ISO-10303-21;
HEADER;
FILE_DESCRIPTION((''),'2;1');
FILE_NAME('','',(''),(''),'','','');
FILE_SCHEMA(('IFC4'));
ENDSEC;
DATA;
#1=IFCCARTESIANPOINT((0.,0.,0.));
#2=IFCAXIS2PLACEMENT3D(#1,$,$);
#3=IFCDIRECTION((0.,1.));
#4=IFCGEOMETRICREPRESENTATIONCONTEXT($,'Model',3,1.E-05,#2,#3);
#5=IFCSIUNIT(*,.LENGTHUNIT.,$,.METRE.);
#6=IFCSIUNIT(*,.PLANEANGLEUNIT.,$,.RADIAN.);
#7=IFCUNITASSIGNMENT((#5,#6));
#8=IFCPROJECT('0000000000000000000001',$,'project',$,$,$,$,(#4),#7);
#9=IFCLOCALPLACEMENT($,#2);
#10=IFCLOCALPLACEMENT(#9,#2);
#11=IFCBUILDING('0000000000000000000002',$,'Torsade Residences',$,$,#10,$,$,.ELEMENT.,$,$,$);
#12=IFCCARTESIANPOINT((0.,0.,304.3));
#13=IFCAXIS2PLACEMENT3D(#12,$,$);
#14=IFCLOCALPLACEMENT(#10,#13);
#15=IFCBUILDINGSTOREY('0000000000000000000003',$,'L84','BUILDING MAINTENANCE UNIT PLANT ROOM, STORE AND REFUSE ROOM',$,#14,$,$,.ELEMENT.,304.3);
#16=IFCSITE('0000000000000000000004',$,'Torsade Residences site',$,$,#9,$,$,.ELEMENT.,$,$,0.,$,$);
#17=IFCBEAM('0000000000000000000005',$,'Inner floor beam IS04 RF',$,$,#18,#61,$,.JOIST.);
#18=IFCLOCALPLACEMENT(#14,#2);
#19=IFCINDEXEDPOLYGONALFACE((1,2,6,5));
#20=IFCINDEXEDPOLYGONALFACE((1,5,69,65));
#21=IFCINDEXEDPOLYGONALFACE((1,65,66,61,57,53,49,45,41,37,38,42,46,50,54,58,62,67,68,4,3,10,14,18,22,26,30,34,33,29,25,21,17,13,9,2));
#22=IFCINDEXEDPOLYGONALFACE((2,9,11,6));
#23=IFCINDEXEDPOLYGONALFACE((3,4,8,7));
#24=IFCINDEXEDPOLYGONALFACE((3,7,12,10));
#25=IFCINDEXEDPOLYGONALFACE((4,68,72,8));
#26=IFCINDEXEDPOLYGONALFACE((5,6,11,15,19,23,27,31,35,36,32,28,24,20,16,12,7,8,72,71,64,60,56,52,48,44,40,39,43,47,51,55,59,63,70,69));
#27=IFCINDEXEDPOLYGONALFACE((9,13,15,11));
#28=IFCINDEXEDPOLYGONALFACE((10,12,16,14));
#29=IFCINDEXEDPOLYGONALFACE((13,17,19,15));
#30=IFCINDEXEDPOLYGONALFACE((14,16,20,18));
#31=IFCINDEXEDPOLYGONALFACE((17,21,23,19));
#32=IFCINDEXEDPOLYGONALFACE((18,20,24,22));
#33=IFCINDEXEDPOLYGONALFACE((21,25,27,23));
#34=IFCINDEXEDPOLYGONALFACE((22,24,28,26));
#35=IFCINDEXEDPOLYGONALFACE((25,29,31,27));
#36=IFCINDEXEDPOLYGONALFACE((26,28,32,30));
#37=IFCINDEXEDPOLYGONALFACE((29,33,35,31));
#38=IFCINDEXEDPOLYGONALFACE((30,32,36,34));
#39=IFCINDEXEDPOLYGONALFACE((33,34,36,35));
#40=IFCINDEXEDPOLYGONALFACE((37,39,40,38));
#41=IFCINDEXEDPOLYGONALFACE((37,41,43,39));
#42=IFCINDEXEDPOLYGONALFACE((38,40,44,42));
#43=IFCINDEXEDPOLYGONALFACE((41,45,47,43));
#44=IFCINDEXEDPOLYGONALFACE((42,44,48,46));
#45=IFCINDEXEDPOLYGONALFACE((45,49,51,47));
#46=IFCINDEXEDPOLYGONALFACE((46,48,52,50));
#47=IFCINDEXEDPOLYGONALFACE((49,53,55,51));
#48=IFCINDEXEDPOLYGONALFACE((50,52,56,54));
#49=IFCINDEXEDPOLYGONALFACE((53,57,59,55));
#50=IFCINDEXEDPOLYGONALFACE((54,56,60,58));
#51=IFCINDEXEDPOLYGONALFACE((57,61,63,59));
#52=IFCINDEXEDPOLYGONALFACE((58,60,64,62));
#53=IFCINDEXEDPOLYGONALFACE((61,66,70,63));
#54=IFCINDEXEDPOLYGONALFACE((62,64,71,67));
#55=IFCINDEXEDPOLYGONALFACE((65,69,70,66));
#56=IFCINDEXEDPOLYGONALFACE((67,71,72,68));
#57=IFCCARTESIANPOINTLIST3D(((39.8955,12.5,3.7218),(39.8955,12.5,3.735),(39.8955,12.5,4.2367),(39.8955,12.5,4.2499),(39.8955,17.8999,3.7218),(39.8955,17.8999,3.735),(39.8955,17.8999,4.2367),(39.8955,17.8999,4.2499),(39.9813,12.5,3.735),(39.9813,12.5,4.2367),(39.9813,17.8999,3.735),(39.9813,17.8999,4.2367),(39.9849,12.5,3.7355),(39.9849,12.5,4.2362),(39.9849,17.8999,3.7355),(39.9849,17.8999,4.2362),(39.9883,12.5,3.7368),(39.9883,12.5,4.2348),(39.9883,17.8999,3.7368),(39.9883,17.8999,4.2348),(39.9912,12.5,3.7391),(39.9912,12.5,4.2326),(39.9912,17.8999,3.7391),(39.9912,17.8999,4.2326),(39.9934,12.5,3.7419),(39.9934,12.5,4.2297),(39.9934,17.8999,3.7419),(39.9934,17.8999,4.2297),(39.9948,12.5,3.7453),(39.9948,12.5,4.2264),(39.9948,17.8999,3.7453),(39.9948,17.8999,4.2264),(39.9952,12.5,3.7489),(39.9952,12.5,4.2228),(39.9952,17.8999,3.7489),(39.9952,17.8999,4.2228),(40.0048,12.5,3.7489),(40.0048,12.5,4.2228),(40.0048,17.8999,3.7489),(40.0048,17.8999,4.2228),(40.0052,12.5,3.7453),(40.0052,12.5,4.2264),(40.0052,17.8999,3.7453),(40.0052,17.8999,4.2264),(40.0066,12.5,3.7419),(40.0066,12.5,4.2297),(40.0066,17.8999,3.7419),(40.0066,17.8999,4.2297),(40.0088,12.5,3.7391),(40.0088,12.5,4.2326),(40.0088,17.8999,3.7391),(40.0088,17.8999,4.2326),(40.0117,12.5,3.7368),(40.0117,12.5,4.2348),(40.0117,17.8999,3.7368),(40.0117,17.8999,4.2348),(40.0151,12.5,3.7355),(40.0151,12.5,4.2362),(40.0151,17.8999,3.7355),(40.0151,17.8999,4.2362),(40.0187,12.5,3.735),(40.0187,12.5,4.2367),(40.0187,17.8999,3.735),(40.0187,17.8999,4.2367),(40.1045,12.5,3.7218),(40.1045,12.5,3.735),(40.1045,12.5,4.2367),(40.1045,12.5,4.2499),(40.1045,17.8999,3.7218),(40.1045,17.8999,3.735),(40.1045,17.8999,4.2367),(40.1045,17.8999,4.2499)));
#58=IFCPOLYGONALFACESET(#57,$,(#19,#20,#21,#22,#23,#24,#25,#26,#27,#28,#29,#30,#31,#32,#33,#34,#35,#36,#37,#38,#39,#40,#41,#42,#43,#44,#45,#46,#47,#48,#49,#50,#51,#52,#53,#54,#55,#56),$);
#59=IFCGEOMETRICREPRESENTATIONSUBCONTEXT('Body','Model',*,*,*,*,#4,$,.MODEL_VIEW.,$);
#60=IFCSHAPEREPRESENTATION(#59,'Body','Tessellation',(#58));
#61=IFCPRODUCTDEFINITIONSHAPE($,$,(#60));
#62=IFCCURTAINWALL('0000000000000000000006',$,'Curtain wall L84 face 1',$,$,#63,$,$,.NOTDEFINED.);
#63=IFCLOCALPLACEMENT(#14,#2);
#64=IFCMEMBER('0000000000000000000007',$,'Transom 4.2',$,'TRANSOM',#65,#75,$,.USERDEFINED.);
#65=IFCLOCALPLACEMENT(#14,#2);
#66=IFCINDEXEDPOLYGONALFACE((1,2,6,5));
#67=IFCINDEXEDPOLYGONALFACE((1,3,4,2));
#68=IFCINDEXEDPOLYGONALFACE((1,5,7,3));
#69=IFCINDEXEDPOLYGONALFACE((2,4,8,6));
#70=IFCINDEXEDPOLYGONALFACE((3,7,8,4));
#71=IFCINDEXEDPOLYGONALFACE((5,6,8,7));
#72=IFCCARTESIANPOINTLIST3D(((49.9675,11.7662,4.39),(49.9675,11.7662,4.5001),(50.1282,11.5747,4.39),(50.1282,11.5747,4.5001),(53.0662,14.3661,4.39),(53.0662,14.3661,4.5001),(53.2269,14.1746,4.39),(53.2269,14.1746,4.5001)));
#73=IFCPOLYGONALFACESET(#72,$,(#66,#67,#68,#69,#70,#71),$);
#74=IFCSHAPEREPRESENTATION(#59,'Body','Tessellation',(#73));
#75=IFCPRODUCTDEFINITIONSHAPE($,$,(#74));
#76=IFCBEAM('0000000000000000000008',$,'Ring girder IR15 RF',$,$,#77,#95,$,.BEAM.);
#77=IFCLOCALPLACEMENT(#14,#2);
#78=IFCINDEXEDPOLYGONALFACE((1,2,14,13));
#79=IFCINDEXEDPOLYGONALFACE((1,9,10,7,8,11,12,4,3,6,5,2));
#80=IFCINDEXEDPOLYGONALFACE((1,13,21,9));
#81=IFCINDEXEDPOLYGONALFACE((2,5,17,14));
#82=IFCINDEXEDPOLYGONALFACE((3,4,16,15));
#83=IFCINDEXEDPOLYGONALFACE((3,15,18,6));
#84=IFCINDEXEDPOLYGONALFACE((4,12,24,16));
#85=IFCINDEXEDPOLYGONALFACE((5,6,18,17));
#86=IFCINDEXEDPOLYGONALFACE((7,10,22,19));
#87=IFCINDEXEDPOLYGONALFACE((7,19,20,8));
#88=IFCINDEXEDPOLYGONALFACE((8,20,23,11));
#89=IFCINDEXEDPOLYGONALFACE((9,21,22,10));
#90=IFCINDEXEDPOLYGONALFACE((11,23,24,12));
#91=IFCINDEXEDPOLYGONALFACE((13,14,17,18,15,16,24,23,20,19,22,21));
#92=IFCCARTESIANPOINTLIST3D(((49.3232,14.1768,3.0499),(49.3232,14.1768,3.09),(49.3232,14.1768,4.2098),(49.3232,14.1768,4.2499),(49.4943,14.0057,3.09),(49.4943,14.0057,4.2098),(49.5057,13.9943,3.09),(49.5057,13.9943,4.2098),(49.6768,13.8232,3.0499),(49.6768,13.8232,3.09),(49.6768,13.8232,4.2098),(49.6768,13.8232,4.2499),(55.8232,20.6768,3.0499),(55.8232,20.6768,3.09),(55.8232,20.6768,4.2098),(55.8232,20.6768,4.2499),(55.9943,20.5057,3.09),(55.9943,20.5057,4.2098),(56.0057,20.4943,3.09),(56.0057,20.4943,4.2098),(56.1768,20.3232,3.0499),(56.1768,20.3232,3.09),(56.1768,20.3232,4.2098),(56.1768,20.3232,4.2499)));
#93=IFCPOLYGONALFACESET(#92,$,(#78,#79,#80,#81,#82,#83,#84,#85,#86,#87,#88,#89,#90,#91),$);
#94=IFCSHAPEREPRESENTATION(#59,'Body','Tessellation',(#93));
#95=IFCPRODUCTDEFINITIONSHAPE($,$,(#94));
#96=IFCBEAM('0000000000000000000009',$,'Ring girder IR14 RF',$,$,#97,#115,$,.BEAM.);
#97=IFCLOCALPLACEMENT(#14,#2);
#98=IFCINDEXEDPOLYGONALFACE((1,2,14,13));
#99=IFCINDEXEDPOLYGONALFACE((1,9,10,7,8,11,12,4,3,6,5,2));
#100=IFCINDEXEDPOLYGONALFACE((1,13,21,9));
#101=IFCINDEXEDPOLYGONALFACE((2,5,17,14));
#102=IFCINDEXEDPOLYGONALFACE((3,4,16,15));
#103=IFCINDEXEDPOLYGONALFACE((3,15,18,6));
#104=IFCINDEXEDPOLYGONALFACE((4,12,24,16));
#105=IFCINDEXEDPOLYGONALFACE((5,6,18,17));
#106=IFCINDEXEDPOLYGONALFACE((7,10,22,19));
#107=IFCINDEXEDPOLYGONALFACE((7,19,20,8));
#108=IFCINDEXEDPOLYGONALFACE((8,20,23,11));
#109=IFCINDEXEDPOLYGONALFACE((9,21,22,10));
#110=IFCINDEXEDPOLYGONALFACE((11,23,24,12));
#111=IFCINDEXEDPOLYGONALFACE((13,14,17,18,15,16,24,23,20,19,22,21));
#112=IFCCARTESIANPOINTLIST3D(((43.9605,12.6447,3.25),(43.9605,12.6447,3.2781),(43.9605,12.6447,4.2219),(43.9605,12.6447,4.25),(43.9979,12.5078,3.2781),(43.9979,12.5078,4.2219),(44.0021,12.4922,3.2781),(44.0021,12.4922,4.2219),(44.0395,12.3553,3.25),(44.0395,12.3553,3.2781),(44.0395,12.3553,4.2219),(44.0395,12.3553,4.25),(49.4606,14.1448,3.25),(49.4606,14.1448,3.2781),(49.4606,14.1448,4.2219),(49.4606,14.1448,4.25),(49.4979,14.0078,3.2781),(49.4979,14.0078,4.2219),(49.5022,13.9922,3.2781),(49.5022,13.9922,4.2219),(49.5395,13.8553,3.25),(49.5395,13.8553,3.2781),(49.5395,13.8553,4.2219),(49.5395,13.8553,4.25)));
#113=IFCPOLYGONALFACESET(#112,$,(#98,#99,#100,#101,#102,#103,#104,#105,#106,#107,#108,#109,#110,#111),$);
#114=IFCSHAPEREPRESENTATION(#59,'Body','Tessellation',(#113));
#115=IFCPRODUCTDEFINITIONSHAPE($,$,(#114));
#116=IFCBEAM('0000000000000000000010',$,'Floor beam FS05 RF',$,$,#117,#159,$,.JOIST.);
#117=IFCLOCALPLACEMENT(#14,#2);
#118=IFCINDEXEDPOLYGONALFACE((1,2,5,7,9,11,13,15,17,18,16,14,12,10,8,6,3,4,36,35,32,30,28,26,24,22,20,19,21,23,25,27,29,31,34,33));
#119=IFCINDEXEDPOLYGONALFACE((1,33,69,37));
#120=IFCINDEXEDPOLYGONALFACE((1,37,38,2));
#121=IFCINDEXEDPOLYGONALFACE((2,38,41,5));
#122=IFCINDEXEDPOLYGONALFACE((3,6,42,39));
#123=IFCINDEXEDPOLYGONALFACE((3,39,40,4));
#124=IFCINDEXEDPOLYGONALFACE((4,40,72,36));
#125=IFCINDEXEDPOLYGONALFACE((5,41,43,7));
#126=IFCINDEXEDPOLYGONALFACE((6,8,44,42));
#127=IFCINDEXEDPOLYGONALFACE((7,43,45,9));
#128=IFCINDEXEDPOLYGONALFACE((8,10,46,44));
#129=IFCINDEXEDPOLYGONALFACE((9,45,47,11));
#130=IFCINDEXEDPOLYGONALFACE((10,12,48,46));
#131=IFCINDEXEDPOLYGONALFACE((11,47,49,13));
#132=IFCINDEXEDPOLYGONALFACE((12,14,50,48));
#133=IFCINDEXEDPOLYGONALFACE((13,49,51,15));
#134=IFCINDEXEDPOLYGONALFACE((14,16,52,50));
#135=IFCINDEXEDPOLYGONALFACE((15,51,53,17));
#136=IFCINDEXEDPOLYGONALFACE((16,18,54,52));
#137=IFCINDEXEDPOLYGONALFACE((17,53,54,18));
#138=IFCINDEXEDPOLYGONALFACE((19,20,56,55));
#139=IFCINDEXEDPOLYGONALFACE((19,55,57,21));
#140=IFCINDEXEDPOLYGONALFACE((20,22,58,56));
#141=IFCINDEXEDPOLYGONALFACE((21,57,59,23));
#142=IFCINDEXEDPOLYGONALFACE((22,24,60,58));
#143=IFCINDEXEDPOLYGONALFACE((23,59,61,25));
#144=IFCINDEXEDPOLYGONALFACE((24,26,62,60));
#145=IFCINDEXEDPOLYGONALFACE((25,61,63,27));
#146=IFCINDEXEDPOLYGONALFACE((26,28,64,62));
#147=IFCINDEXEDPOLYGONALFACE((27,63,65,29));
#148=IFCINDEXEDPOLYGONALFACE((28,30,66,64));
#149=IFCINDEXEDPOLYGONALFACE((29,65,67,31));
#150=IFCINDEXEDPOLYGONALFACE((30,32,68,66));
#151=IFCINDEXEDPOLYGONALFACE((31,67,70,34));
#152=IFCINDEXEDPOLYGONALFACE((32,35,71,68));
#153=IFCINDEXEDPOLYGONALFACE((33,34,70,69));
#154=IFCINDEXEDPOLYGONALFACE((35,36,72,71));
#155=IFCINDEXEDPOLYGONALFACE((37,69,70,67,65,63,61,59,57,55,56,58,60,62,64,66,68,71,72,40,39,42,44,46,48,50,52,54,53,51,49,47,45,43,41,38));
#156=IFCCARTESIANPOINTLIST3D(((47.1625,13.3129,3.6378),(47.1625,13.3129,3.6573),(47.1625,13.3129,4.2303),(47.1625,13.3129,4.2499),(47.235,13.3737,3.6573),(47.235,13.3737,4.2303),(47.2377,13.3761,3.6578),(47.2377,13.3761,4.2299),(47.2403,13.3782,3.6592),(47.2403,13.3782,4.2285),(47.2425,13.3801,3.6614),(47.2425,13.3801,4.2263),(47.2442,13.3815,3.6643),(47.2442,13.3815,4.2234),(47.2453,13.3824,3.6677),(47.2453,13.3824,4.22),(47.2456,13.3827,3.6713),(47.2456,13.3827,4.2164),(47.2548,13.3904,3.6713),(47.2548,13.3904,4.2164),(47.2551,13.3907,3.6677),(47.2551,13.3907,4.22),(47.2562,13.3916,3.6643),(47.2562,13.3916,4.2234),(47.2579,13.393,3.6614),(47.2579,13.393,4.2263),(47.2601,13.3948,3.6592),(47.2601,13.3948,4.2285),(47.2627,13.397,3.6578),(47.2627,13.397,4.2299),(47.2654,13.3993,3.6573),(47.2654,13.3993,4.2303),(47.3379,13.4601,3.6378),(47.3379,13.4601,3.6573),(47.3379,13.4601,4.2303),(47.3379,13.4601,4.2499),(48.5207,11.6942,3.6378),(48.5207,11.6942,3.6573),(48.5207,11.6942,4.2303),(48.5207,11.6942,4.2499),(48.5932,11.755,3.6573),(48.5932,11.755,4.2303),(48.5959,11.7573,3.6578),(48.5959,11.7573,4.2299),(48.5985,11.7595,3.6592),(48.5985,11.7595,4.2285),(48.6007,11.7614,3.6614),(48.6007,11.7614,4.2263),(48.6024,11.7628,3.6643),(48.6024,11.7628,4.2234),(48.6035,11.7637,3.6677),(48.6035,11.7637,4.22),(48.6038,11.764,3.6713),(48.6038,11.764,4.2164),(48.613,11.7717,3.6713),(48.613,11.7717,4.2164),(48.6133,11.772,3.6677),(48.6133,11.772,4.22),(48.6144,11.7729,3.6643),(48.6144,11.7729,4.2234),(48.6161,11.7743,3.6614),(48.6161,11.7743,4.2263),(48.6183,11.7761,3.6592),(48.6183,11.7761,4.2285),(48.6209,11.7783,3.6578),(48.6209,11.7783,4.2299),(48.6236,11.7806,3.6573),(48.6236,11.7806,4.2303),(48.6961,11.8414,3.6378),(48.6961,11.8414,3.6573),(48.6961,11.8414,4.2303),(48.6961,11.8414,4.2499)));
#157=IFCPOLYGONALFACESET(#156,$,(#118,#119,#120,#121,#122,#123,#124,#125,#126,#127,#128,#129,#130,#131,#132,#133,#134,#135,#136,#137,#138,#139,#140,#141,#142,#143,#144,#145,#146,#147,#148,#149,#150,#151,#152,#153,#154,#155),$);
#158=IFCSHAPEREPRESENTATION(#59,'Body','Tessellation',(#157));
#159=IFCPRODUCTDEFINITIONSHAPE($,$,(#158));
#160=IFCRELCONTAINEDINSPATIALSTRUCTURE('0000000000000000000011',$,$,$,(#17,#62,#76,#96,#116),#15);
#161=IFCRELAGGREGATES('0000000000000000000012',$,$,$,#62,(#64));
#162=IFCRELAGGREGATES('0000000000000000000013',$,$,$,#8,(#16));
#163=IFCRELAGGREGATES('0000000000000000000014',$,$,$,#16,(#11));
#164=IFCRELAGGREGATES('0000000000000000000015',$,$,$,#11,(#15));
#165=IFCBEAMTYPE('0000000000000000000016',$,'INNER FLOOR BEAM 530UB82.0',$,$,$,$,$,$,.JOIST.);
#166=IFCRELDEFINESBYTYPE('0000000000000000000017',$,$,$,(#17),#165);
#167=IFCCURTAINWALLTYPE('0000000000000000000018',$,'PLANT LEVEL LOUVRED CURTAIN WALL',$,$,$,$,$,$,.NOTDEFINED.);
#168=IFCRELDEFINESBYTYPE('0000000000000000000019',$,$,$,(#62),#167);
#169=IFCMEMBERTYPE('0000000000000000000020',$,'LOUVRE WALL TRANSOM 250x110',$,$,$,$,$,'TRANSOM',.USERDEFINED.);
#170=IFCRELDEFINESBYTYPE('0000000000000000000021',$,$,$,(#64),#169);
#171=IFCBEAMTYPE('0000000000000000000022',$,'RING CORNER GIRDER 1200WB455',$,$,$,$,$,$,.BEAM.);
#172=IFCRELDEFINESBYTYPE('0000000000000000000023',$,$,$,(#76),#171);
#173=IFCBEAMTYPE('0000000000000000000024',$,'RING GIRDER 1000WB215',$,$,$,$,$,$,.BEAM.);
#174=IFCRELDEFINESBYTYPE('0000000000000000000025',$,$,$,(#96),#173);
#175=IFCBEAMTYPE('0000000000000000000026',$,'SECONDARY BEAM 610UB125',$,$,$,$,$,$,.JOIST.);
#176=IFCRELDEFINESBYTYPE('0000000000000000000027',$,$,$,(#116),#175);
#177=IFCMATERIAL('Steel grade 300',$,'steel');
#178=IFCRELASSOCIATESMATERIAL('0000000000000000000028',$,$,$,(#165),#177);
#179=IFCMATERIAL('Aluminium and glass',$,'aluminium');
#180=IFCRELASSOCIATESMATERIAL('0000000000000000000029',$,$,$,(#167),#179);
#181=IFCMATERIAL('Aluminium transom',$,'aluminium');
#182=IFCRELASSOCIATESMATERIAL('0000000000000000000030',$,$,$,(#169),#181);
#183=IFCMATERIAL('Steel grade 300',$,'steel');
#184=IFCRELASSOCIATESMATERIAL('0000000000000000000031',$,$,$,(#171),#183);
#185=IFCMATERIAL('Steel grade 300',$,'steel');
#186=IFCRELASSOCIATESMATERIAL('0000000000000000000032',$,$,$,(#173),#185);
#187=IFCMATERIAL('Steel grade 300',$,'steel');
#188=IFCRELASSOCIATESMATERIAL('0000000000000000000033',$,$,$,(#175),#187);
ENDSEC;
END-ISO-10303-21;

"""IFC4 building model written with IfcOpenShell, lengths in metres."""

from ifc_helpers import new_model, si_unit, direction, frame, origin, origin_2d, place, context, subcontext, project, spatial, rectangle, i_section, extrude, material, material_profile, profile_set, type_object, element, aggregate, save


model = new_model("IFC4")

# Units and contexts
model_context = context("Model", 3, precision=1e-05, world=origin(), true_north=direction((0.0, 1.0)))
body_context = subcontext(model_context, "Body", "Model", "MODEL_VIEW")
ifc_project = project(units=[si_unit("LENGTHUNIT", "METRE"), si_unit("PLANEANGLEUNIT", "RADIAN")], contexts=[model_context])

# Site, building, storey
site_placement = place(None, origin())
site = spatial("IfcSite", under=ifc_project, at=site_placement, Name="Torsade Residences site", CompositionType="ELEMENT", RefElevation=0.0)
building_placement = place(site_placement, origin())
building = spatial("IfcBuilding", under=site, at=building_placement, Name="Torsade Residences", CompositionType="ELEMENT")
storey_placement = place(building_placement, frame((0.0, 0.0, 304.3)))
storey = spatial("IfcBuildingStorey", under=building, at=storey_placement, Name="L84", Description="BUILDING MAINTENANCE UNIT PLANT ROOM, STORE AND REFUSE ROOM", CompositionType="ELEMENT", Elevation=304.3)

# Beam
ifc_material_1 = material(Name="Steel grade 300", Category="steel")
ifc_material_profile_1 = material_profile(ifc_material_1, i_section(OverallWidth=0.209, OverallDepth=0.5281, WebThickness=0.0095, FlangeThickness=0.0132, FilletRadius=0.0139, at=origin_2d()), Name="530UB82.0")
ifc_profile_set_1 = profile_set([ifc_material_profile_1], Name="Steel grade 300")
beam_type_1 = type_object("IfcBeamType", Name="INNER FLOOR BEAM 530UB82.0", PredefinedType="JOIST", material=ifc_profile_set_1)
for number, where, z_axis, x_axis, name in (
    (1, (40.0, 17.8999, 3.9858), (0.0, -1.0, 0.0), (1.0, 0.0, 0.0), "Inner floor beam IS04 RF"),
):
    element("IfcBeam", number, at=place(storey_placement, frame(where, z_axis=z_axis, x_axis=x_axis)), inside=storey, type_object=beam_type_1, Name=name, PredefinedType="JOIST", context=body_context, shape_type="SweptSolid", body=[
        extrude(i_section(OverallWidth=0.209, OverallDepth=0.5281, WebThickness=0.0095, FlangeThickness=0.0132, FilletRadius=0.0139, at=origin_2d()), origin(), (0.0, 0.0, 1.0), 5.3999),
    ])

# Curtain wall, member
ifc_material_2 = material(Name="Aluminium and glass", Category="aluminium")
curtain_wall_type = type_object("IfcCurtainWallType", Name="PLANT LEVEL LOUVRED CURTAIN WALL", PredefinedType="NOTDEFINED", material=ifc_material_2)
curtain_wall_placement = place(storey_placement, origin())
curtain_wall = element("IfcCurtainWall", 2, at=curtain_wall_placement, inside=storey, type_object=curtain_wall_type, Name="Curtain wall L84 face 1", PredefinedType="NOTDEFINED")
ifc_material_3 = material(Name="Aluminium transom", Category="aluminium")
ifc_material_profile_2 = material_profile(ifc_material_3, rectangle(XDim=0.25, YDim=0.1101, at=origin_2d()), Name="LOUVRE WALL TRANSOM 250x110")
ifc_profile_set_2 = profile_set([ifc_material_profile_2], Name="Aluminium transom")
member_type = type_object("IfcMemberType", Name="LOUVRE WALL TRANSOM 250x110", ElementType="TRANSOM", PredefinedType="USERDEFINED", material=ifc_profile_set_2)
member_placement = place(storey_placement, frame((50.0479, 11.6704, 4.4451), z_axis=(0.76607, 0.642757, 0.0), x_axis=(-0.642757, 0.76607, 0.0)))
member = element("IfcMember", 3, at=member_placement, type_object=member_type, Name="Transom 4.2", ObjectType="TRANSOM", PredefinedType="USERDEFINED", context=body_context, shape_type="SweptSolid", body=[
    extrude(rectangle(XDim=0.25, YDim=0.1101, at=origin_2d()), origin(), (0.0, 0.0, 1.0), 4.0449),
])
aggregate(curtain_wall, [member])

# Beams
ifc_material_4 = material(Name="Steel grade 300", Category="steel")
ifc_material_profile_3 = material_profile(ifc_material_4, i_section(OverallWidth=0.5, OverallDepth=1.2, WebThickness=0.0161, FlangeThickness=0.04, at=origin_2d()), Name="1200WB455")
ifc_profile_set_3 = profile_set([ifc_material_profile_3], Name="Steel grade 300")
beam_type_2 = type_object("IfcBeamType", Name="RING CORNER GIRDER 1200WB455", PredefinedType="BEAM", material=ifc_profile_set_3)
beam_1_placement = place(storey_placement, frame((49.5, 14.0, 3.6499), z_axis=(0.707107, 0.707107, 0.0), x_axis=(-0.707107, 0.707107, 0.0)))
element("IfcBeam", 4, at=beam_1_placement, inside=storey, type_object=beam_type_2, Name="Ring girder IR15 RF", PredefinedType="BEAM", context=body_context, shape_type="SweptSolid", body=[
    extrude(i_section(OverallWidth=0.5, OverallDepth=1.2, WebThickness=0.0161, FlangeThickness=0.04, at=origin_2d()), origin(), (0.0, 0.0, 1.0), 9.1924),
])
ifc_material_5 = material(Name="Steel grade 300", Category="steel")
ifc_material_profile_4 = material_profile(ifc_material_5, i_section(OverallWidth=0.3, OverallDepth=1.0, WebThickness=0.0161, FlangeThickness=0.0281, at=origin_2d()), Name="1000WB215")
ifc_profile_set_4 = profile_set([ifc_material_profile_4], Name="Steel grade 300")
beam_type_3 = type_object("IfcBeamType", Name="RING GIRDER 1000WB215", PredefinedType="BEAM", material=ifc_profile_set_4)
beam_2_placement = place(storey_placement, frame((44.0, 12.5, 3.75), z_axis=(0.964764, 0.263117, 0.0), x_axis=(-0.263117, 0.964764, 0.0)))
element("IfcBeam", 5, at=beam_2_placement, inside=storey, type_object=beam_type_3, Name="Ring girder IR14 RF", PredefinedType="BEAM", context=body_context, shape_type="SweptSolid", body=[
    extrude(i_section(OverallWidth=0.3, OverallDepth=1.0, WebThickness=0.0161, FlangeThickness=0.0281, at=origin_2d()), origin(), (0.0, 0.0, 1.0), 5.7009),
])
ifc_material_6 = material(Name="Steel grade 300", Category="steel")
ifc_material_profile_5 = material_profile(ifc_material_6, i_section(OverallWidth=0.229, OverallDepth=0.6121, WebThickness=0.012, FlangeThickness=0.0195, FilletRadius=0.0139, at=origin_2d()), Name="610UB125")
ifc_profile_set_5 = profile_set([ifc_material_profile_5], Name="Steel grade 300")
beam_type_4 = type_object("IfcBeamType", Name="SECONDARY BEAM 610UB125", PredefinedType="JOIST", material=ifc_profile_set_5)
beam_3_placement = place(storey_placement, frame((48.6084, 11.7678, 3.9438), z_axis=(-0.642772, 0.766058, 0.0), x_axis=(-0.766058, -0.642772, 0.0)))
element("IfcBeam", 6, at=beam_3_placement, inside=storey, type_object=beam_type_4, Name="Floor beam FS05 RF", PredefinedType="JOIST", context=body_context, shape_type="SweptSolid", body=[
    extrude(i_section(OverallWidth=0.229, OverallDepth=0.6121, WebThickness=0.012, FlangeThickness=0.0195, FilletRadius=0.0139, at=origin_2d()), origin(), (0.0, 0.0, 1.0), 2.113),
])

save(model, "model.ifc")
